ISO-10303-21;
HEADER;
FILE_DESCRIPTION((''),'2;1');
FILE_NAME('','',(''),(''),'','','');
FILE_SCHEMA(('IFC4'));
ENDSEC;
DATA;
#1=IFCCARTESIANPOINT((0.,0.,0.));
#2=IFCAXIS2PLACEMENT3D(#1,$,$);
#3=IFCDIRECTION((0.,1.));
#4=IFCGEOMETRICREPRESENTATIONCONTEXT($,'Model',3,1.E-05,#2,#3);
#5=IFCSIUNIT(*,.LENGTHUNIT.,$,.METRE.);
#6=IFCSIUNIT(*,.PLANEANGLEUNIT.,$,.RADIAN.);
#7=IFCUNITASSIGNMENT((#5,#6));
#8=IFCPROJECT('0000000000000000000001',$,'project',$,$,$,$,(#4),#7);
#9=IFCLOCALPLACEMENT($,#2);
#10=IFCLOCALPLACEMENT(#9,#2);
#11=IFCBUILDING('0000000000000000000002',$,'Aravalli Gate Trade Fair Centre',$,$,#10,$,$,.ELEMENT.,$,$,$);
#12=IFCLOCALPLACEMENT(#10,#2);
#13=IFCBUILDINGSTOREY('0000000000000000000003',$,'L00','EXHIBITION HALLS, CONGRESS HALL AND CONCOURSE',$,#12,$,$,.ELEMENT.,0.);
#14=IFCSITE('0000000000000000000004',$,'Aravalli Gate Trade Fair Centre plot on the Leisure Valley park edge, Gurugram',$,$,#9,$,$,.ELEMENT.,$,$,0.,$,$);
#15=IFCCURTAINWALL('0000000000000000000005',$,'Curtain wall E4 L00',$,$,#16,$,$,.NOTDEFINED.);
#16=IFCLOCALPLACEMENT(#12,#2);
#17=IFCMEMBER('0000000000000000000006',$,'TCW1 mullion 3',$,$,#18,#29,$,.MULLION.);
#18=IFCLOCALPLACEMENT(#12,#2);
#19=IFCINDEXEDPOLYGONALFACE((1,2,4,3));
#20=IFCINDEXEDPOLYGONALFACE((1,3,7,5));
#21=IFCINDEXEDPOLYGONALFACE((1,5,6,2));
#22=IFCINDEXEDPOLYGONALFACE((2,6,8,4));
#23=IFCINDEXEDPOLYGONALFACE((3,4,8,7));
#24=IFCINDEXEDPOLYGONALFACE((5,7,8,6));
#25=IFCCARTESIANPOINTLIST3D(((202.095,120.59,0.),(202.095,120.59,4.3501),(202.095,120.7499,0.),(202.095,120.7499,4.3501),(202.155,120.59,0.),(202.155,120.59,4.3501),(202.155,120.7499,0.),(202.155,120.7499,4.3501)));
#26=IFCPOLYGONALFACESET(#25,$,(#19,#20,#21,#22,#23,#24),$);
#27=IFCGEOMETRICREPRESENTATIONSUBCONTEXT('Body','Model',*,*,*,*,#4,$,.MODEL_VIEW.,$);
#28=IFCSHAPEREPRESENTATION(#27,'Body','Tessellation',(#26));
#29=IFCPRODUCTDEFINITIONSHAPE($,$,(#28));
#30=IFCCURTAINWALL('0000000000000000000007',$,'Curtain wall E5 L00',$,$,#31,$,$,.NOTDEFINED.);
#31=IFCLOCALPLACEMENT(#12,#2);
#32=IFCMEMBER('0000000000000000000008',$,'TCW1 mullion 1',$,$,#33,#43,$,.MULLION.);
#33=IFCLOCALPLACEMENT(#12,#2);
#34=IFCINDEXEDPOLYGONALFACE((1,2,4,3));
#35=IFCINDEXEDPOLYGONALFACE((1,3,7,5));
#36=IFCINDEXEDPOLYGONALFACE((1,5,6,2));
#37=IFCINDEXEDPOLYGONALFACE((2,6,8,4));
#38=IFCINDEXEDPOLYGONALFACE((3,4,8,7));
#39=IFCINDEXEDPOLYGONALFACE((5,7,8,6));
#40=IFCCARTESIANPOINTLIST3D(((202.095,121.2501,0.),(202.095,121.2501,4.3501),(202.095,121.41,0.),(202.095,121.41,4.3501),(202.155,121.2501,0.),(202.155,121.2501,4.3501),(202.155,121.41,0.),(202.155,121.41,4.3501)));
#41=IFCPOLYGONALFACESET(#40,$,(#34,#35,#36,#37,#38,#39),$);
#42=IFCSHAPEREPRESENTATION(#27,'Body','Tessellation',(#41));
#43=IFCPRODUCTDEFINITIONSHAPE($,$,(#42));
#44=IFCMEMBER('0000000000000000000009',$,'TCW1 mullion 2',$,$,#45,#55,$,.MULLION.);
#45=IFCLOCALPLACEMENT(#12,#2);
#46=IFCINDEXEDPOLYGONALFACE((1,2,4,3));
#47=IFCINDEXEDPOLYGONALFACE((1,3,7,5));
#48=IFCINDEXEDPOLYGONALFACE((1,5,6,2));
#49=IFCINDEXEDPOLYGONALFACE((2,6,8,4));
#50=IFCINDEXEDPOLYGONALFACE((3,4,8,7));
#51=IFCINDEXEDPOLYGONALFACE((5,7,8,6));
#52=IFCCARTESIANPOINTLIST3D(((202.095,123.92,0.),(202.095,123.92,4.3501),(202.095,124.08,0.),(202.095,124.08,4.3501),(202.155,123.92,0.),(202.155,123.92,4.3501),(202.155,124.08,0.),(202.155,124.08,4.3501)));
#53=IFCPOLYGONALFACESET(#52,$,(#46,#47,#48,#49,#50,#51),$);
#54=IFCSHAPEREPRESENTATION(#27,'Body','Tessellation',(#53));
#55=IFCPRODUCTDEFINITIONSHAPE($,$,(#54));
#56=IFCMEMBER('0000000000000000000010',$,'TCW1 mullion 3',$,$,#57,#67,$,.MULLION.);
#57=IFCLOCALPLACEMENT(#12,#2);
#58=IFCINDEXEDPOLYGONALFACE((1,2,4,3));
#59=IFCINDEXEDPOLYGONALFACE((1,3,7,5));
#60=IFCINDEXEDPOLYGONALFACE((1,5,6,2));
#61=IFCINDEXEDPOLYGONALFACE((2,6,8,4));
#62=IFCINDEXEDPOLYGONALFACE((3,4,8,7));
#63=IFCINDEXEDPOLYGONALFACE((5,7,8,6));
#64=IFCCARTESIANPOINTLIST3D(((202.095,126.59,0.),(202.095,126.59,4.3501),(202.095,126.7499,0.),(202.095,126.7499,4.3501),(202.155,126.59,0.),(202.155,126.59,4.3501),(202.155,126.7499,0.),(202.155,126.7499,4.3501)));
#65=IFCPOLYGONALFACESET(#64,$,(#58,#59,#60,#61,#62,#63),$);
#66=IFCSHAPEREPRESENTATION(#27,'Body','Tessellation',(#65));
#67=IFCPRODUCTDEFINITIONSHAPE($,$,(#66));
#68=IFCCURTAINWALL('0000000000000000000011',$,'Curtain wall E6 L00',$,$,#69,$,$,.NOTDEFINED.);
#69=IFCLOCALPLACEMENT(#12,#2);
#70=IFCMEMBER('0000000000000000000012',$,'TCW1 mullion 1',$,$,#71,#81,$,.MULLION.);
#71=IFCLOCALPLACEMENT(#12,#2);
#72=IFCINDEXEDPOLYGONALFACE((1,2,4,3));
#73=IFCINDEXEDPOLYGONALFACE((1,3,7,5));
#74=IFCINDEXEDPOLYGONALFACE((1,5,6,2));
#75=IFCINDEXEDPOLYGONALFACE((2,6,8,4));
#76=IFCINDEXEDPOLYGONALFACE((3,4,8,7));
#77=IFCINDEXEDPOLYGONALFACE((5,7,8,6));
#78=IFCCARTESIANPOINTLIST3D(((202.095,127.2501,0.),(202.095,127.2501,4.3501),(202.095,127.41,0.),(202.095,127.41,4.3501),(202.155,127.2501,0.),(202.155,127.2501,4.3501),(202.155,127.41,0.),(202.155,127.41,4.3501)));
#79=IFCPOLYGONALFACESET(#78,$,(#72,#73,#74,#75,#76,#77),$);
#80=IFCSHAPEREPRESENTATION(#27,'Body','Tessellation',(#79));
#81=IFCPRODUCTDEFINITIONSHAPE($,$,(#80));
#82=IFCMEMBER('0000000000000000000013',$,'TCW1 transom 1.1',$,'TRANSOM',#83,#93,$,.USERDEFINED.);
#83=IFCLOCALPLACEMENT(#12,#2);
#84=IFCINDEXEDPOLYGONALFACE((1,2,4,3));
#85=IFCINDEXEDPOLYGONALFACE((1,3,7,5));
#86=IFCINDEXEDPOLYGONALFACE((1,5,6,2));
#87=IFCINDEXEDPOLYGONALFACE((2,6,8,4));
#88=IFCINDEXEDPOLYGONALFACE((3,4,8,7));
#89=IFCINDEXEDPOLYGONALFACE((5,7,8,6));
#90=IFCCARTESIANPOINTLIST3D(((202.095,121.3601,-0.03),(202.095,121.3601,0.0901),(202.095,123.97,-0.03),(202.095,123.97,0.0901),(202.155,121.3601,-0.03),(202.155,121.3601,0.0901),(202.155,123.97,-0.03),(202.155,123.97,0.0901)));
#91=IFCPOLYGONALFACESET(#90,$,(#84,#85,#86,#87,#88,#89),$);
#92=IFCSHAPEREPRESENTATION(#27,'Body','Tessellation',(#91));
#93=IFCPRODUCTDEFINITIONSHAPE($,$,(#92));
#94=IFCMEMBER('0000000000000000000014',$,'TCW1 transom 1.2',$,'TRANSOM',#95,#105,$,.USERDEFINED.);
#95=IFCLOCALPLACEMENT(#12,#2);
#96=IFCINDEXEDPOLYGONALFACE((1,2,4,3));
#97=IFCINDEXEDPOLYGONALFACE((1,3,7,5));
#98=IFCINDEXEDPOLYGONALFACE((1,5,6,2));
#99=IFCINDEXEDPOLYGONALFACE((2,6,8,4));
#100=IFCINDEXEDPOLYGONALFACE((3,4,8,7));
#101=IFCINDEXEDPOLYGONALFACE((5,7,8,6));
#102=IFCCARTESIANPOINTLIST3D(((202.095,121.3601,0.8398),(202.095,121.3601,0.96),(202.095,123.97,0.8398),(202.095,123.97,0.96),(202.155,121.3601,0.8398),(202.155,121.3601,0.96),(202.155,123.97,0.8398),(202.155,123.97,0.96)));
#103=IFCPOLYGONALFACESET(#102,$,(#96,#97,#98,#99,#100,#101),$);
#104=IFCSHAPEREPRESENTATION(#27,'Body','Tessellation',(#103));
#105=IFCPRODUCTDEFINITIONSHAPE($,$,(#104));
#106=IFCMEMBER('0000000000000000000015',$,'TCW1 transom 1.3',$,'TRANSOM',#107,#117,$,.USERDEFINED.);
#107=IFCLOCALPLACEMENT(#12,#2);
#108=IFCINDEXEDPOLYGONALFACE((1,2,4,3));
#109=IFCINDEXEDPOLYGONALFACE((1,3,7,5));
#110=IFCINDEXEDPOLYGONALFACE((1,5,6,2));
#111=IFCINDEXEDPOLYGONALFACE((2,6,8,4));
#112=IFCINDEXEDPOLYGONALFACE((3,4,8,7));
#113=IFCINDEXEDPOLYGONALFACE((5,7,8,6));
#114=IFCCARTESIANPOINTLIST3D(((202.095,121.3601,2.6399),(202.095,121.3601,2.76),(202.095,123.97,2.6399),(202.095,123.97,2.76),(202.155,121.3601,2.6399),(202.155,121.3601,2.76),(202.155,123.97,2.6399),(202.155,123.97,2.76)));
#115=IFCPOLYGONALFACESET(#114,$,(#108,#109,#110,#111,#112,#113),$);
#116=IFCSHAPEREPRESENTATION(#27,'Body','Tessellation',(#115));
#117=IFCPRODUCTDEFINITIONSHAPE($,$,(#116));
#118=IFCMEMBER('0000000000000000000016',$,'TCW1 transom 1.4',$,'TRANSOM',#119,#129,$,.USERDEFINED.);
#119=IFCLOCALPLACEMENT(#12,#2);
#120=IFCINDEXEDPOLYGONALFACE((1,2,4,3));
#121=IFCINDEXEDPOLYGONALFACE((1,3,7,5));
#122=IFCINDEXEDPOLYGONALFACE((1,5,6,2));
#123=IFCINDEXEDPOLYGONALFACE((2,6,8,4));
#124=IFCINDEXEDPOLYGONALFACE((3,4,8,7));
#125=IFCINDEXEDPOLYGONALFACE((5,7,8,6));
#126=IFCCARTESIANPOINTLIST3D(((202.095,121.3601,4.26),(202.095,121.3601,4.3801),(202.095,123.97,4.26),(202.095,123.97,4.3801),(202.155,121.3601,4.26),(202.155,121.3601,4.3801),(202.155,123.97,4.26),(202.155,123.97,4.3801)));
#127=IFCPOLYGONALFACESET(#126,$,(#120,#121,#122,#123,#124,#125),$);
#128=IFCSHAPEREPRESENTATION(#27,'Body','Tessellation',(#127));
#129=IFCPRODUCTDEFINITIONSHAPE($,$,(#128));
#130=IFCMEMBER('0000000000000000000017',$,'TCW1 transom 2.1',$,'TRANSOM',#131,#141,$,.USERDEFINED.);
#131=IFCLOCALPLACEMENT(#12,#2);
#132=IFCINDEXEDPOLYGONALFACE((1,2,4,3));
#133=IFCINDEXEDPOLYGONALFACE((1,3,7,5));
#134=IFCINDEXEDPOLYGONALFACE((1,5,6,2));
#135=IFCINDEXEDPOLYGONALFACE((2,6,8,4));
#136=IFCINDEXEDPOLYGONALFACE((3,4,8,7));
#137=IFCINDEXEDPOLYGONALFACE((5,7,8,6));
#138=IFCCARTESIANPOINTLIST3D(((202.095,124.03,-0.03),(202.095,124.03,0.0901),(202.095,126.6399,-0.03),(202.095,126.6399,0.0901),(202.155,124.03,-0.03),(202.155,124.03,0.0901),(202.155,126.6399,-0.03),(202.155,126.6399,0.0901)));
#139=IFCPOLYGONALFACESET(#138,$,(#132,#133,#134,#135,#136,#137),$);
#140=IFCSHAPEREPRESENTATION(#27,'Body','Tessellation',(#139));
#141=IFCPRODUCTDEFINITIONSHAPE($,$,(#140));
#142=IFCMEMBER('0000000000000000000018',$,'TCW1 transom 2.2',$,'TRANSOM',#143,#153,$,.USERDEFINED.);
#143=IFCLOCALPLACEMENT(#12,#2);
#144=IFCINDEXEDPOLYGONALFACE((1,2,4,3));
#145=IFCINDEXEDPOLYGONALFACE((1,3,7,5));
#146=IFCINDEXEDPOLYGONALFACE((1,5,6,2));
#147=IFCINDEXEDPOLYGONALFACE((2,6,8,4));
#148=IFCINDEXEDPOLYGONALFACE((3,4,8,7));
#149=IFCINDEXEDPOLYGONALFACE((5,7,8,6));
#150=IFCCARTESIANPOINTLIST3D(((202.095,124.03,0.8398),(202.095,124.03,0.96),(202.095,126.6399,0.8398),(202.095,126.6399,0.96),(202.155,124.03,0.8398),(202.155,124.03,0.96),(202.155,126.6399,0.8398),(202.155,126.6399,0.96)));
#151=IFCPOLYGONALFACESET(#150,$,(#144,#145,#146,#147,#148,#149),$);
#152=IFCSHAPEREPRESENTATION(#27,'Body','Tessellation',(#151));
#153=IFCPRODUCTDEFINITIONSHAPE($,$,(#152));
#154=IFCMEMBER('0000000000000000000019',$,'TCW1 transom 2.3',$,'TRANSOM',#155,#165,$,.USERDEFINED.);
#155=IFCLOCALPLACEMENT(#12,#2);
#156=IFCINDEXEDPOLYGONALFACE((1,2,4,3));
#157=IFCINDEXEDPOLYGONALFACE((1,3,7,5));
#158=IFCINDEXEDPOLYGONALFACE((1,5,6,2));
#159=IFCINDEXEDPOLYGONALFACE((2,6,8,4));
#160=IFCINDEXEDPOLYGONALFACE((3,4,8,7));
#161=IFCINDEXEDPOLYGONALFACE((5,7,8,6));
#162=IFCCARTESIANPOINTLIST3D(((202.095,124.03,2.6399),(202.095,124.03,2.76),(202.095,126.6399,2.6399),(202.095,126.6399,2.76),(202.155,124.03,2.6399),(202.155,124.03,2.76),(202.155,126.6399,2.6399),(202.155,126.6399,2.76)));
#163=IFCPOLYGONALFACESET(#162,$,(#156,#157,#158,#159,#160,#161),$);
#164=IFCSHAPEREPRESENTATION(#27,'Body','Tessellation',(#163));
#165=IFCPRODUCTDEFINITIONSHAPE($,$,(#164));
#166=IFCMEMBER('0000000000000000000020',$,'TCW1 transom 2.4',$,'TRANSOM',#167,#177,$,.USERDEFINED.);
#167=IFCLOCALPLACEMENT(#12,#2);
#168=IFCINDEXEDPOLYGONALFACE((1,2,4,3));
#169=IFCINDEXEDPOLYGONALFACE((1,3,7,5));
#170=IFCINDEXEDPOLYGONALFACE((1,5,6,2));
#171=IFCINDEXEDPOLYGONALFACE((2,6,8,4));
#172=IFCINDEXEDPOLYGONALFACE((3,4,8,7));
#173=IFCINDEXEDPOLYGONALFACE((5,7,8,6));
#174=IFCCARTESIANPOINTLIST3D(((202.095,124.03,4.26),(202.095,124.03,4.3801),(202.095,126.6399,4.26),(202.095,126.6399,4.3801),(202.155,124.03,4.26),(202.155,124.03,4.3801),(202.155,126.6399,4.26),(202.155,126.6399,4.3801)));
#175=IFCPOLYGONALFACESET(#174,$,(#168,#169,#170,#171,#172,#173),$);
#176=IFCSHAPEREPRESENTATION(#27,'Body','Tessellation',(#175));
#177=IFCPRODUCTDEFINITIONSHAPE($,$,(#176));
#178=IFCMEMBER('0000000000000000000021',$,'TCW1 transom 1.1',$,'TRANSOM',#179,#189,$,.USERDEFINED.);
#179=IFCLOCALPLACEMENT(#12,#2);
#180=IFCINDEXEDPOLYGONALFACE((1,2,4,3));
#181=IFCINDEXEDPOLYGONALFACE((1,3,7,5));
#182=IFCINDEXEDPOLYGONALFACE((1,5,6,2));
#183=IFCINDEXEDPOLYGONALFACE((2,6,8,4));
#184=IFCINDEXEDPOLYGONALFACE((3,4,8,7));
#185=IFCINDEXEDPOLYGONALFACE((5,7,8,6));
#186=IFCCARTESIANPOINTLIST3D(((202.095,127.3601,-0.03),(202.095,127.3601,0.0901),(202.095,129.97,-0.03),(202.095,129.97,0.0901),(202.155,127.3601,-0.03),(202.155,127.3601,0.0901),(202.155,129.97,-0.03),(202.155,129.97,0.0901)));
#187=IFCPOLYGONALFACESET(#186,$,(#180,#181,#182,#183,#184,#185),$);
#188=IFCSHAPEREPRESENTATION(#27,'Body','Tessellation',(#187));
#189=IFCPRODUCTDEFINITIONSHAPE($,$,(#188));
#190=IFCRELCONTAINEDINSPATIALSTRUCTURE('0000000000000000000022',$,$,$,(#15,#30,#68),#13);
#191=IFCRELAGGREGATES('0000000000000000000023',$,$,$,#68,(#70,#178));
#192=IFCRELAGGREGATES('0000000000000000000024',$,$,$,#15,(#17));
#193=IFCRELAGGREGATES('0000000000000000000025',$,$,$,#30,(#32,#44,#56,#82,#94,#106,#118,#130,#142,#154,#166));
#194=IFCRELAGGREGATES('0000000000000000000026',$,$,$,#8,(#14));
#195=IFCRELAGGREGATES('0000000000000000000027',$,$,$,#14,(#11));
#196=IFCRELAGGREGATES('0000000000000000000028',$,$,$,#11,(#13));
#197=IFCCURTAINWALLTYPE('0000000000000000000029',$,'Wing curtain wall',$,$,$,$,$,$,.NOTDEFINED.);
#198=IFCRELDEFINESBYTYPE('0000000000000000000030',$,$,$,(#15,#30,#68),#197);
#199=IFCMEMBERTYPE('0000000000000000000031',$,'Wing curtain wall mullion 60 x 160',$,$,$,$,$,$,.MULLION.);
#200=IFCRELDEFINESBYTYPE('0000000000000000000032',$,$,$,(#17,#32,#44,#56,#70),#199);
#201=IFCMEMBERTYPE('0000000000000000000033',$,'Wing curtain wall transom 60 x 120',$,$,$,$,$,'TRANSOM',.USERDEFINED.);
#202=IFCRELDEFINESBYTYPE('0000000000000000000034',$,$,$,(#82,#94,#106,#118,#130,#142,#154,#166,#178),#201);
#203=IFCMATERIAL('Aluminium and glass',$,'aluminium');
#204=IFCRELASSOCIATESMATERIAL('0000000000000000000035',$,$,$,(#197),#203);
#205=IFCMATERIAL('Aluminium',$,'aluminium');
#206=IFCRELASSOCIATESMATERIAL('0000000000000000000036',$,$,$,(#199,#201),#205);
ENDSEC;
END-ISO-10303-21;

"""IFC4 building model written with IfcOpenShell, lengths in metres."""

from ifc_helpers import new_model, si_unit, direction, frame, origin, origin_2d, place, context, subcontext, project, spatial, rectangle, extrude, material, material_profile, profile_set, type_object, element, aggregate, save


model = new_model("IFC4")

# Units and contexts
model_context = context("Model", 3, precision=1e-05, world=origin(), true_north=direction((0.0, 1.0)))
body_context = subcontext(model_context, "Body", "Model", "MODEL_VIEW")
ifc_project = project(units=[si_unit("LENGTHUNIT", "METRE"), si_unit("PLANEANGLEUNIT", "RADIAN")], contexts=[model_context])

# Site, building, storey
site_placement = place(None, origin())
site = spatial("IfcSite", under=ifc_project, at=site_placement, Name="Aravalli Gate Trade Fair Centre plot on the Leisure Valley park edge, Gurugram", CompositionType="ELEMENT", RefElevation=0.0)
building_placement = place(site_placement, origin())
building = spatial("IfcBuilding", under=site, at=building_placement, Name="Aravalli Gate Trade Fair Centre", CompositionType="ELEMENT")
storey_placement = place(building_placement, origin())
storey = spatial("IfcBuildingStorey", under=building, at=storey_placement, Name="L00", Description="EXHIBITION HALLS, CONGRESS HALL AND CONCOURSE", CompositionType="ELEMENT", Elevation=0.0)

# Curtain wall, member
ifc_material_1 = material(Name="Aluminium and glass", Category="aluminium")
curtain_wall_type = type_object("IfcCurtainWallType", Name="Wing curtain wall", PredefinedType="NOTDEFINED", material=ifc_material_1)
curtain_wall_1_placement = place(storey_placement, origin())
curtain_wall_1 = element("IfcCurtainWall", 1, at=curtain_wall_1_placement, inside=storey, type_object=curtain_wall_type, Name="Curtain wall E4 L00", PredefinedType="NOTDEFINED")
ifc_material_2 = material(Name="Aluminium", Category="aluminium")
ifc_material_profile_1 = material_profile(ifc_material_2, rectangle(XDim=0.0601, YDim=0.1599, at=origin_2d()), Name="Wing curtain wall mullion 60 x 160")
ifc_profile_set_1 = profile_set([ifc_material_profile_1], Name="Aluminium")
member_type_1 = type_object("IfcMemberType", Name="Wing curtain wall mullion 60 x 160", PredefinedType="MULLION", material=ifc_profile_set_1)
member_1_placement = place(storey_placement, frame((202.125, 120.6699, 0.0), z_axis=(0.0, 0.0, 1.0), x_axis=(-1.0, 0.0, 0.0)))
member_1 = element("IfcMember", 2, at=member_1_placement, type_object=member_type_1, Name="TCW1 mullion 3", PredefinedType="MULLION", context=body_context, shape_type="SweptSolid", body=[
    extrude(rectangle(XDim=0.0601, YDim=0.1599, at=origin_2d()), origin(), (0.0, 0.0, 1.0), 4.3501),
])

# Curtain wall, members
curtain_wall_2_placement = place(storey_placement, origin())
curtain_wall_2 = element("IfcCurtainWall", 3, at=curtain_wall_2_placement, inside=storey, type_object=curtain_wall_type, Name="Curtain wall E5 L00", PredefinedType="NOTDEFINED")
member_2_placement = place(storey_placement, frame((202.125, 121.3301, 0.0), z_axis=(0.0, 0.0, 1.0), x_axis=(-1.0, 0.0, 0.0)))
member_2 = element("IfcMember", 4, at=member_2_placement, type_object=member_type_1, Name="TCW1 mullion 1", PredefinedType="MULLION", context=body_context, shape_type="SweptSolid", body=[
    extrude(rectangle(XDim=0.0601, YDim=0.1599, at=origin_2d()), origin(), (0.0, 0.0, 1.0), 4.3501),
])
member_3_placement = place(storey_placement, frame((202.125, 124.0, 0.0), z_axis=(0.0, 0.0, 1.0), x_axis=(-1.0, 0.0, 0.0)))
member_3 = element("IfcMember", 5, at=member_3_placement, type_object=member_type_1, Name="TCW1 mullion 2", PredefinedType="MULLION", context=body_context, shape_type="SweptSolid", body=[
    extrude(rectangle(XDim=0.0601, YDim=0.1599, at=origin_2d()), origin(), (0.0, 0.0, 1.0), 4.3501),
])
member_4_placement = place(storey_placement, frame((202.125, 126.6699, 0.0), z_axis=(0.0, 0.0, 1.0), x_axis=(-1.0, 0.0, 0.0)))
member_4 = element("IfcMember", 6, at=member_4_placement, type_object=member_type_1, Name="TCW1 mullion 3", PredefinedType="MULLION", context=body_context, shape_type="SweptSolid", body=[
    extrude(rectangle(XDim=0.0601, YDim=0.1599, at=origin_2d()), origin(), (0.0, 0.0, 1.0), 4.3501),
])

# Curtain wall, member
curtain_wall_3_placement = place(storey_placement, origin())
curtain_wall_3 = element("IfcCurtainWall", 7, at=curtain_wall_3_placement, inside=storey, type_object=curtain_wall_type, Name="Curtain wall E6 L00", PredefinedType="NOTDEFINED")
member_5_placement = place(storey_placement, frame((202.125, 127.3301, 0.0), z_axis=(0.0, 0.0, 1.0), x_axis=(-1.0, 0.0, 0.0)))
member_5 = element("IfcMember", 8, at=member_5_placement, type_object=member_type_1, Name="TCW1 mullion 1", PredefinedType="MULLION", context=body_context, shape_type="SweptSolid", body=[
    extrude(rectangle(XDim=0.0601, YDim=0.1599, at=origin_2d()), origin(), (0.0, 0.0, 1.0), 4.3501),
])

# Members
ifc_material_profile_2 = material_profile(ifc_material_2, rectangle(XDim=0.0601, YDim=0.1201, at=origin_2d()), Name="Wing curtain wall transom 60 x 120")
ifc_profile_set_2 = profile_set([ifc_material_profile_2], Name="Aluminium")
member_type_2 = type_object("IfcMemberType", Name="Wing curtain wall transom 60 x 120", ElementType="TRANSOM", PredefinedType="USERDEFINED", material=ifc_profile_set_2)
member_6_placement = place(storey_placement, frame((202.125, 121.3601, 0.03), z_axis=(0.0, 1.0, 0.0), x_axis=(-1.0, 0.0, 0.0)))
member_6 = element("IfcMember", 9, at=member_6_placement, type_object=member_type_2, Name="TCW1 transom 1.1", ObjectType="TRANSOM", PredefinedType="USERDEFINED", context=body_context, shape_type="SweptSolid", body=[
    extrude(rectangle(XDim=0.0601, YDim=0.1201, at=origin_2d()), origin(), (0.0, 0.0, 1.0), 2.6099),
])
member_7_placement = place(storey_placement, frame((202.125, 121.3601, 0.8999), z_axis=(0.0, 1.0, 0.0), x_axis=(-1.0, 0.0, 0.0)))
member_7 = element("IfcMember", 10, at=member_7_placement, type_object=member_type_2, Name="TCW1 transom 1.2", ObjectType="TRANSOM", PredefinedType="USERDEFINED", context=body_context, shape_type="SweptSolid", body=[
    extrude(rectangle(XDim=0.0601, YDim=0.1201, at=origin_2d()), origin(), (0.0, 0.0, 1.0), 2.6099),
])
member_8_placement = place(storey_placement, frame((202.125, 121.3601, 2.7), z_axis=(0.0, 1.0, 0.0), x_axis=(-1.0, 0.0, 0.0)))
member_8 = element("IfcMember", 11, at=member_8_placement, type_object=member_type_2, Name="TCW1 transom 1.3", ObjectType="TRANSOM", PredefinedType="USERDEFINED", context=body_context, shape_type="SweptSolid", body=[
    extrude(rectangle(XDim=0.0601, YDim=0.1201, at=origin_2d()), origin(), (0.0, 0.0, 1.0), 2.6099),
])
member_9_placement = place(storey_placement, frame((202.125, 121.3601, 4.3201), z_axis=(0.0, 1.0, 0.0), x_axis=(-1.0, 0.0, 0.0)))
member_9 = element("IfcMember", 12, at=member_9_placement, type_object=member_type_2, Name="TCW1 transom 1.4", ObjectType="TRANSOM", PredefinedType="USERDEFINED", context=body_context, shape_type="SweptSolid", body=[
    extrude(rectangle(XDim=0.0601, YDim=0.1201, at=origin_2d()), origin(), (0.0, 0.0, 1.0), 2.6099),
])
member_10_placement = place(storey_placement, frame((202.125, 124.03, 0.03), z_axis=(0.0, 1.0, 0.0), x_axis=(-1.0, 0.0, 0.0)))
member_10 = element("IfcMember", 13, at=member_10_placement, type_object=member_type_2, Name="TCW1 transom 2.1", ObjectType="TRANSOM", PredefinedType="USERDEFINED", context=body_context, shape_type="SweptSolid", body=[
    extrude(rectangle(XDim=0.0601, YDim=0.1201, at=origin_2d()), origin(), (0.0, 0.0, 1.0), 2.6099),
])
member_11_placement = place(storey_placement, frame((202.125, 124.03, 0.8999), z_axis=(0.0, 1.0, 0.0), x_axis=(-1.0, 0.0, 0.0)))
member_11 = element("IfcMember", 14, at=member_11_placement, type_object=member_type_2, Name="TCW1 transom 2.2", ObjectType="TRANSOM", PredefinedType="USERDEFINED", context=body_context, shape_type="SweptSolid", body=[
    extrude(rectangle(XDim=0.0601, YDim=0.1201, at=origin_2d()), origin(), (0.0, 0.0, 1.0), 2.6099),
])
member_12_placement = place(storey_placement, frame((202.125, 124.03, 2.7), z_axis=(0.0, 1.0, 0.0), x_axis=(-1.0, 0.0, 0.0)))
member_12 = element("IfcMember", 15, at=member_12_placement, type_object=member_type_2, Name="TCW1 transom 2.3", ObjectType="TRANSOM", PredefinedType="USERDEFINED", context=body_context, shape_type="SweptSolid", body=[
    extrude(rectangle(XDim=0.0601, YDim=0.1201, at=origin_2d()), origin(), (0.0, 0.0, 1.0), 2.6099),
])
member_13_placement = place(storey_placement, frame((202.125, 124.03, 4.3201), z_axis=(0.0, 1.0, 0.0), x_axis=(-1.0, 0.0, 0.0)))
member_13 = element("IfcMember", 16, at=member_13_placement, type_object=member_type_2, Name="TCW1 transom 2.4", ObjectType="TRANSOM", PredefinedType="USERDEFINED", context=body_context, shape_type="SweptSolid", body=[
    extrude(rectangle(XDim=0.0601, YDim=0.1201, at=origin_2d()), origin(), (0.0, 0.0, 1.0), 2.6099),
])
member_14_placement = place(storey_placement, frame((202.125, 127.3601, 0.03), z_axis=(0.0, 1.0, 0.0), x_axis=(-1.0, 0.0, 0.0)))
member_14 = element("IfcMember", 17, at=member_14_placement, type_object=member_type_2, Name="TCW1 transom 1.1", ObjectType="TRANSOM", PredefinedType="USERDEFINED", context=body_context, shape_type="SweptSolid", body=[
    extrude(rectangle(XDim=0.0601, YDim=0.1201, at=origin_2d()), origin(), (0.0, 0.0, 1.0), 2.6099),
])
aggregate(curtain_wall_3, [member_5, member_14])

aggregate(curtain_wall_1, [member_1])
aggregate(curtain_wall_2, [member_2, member_3, member_4, member_6, member_7, member_8, member_9, member_10, member_11, member_12, member_13])

save(model, "model.ifc")
